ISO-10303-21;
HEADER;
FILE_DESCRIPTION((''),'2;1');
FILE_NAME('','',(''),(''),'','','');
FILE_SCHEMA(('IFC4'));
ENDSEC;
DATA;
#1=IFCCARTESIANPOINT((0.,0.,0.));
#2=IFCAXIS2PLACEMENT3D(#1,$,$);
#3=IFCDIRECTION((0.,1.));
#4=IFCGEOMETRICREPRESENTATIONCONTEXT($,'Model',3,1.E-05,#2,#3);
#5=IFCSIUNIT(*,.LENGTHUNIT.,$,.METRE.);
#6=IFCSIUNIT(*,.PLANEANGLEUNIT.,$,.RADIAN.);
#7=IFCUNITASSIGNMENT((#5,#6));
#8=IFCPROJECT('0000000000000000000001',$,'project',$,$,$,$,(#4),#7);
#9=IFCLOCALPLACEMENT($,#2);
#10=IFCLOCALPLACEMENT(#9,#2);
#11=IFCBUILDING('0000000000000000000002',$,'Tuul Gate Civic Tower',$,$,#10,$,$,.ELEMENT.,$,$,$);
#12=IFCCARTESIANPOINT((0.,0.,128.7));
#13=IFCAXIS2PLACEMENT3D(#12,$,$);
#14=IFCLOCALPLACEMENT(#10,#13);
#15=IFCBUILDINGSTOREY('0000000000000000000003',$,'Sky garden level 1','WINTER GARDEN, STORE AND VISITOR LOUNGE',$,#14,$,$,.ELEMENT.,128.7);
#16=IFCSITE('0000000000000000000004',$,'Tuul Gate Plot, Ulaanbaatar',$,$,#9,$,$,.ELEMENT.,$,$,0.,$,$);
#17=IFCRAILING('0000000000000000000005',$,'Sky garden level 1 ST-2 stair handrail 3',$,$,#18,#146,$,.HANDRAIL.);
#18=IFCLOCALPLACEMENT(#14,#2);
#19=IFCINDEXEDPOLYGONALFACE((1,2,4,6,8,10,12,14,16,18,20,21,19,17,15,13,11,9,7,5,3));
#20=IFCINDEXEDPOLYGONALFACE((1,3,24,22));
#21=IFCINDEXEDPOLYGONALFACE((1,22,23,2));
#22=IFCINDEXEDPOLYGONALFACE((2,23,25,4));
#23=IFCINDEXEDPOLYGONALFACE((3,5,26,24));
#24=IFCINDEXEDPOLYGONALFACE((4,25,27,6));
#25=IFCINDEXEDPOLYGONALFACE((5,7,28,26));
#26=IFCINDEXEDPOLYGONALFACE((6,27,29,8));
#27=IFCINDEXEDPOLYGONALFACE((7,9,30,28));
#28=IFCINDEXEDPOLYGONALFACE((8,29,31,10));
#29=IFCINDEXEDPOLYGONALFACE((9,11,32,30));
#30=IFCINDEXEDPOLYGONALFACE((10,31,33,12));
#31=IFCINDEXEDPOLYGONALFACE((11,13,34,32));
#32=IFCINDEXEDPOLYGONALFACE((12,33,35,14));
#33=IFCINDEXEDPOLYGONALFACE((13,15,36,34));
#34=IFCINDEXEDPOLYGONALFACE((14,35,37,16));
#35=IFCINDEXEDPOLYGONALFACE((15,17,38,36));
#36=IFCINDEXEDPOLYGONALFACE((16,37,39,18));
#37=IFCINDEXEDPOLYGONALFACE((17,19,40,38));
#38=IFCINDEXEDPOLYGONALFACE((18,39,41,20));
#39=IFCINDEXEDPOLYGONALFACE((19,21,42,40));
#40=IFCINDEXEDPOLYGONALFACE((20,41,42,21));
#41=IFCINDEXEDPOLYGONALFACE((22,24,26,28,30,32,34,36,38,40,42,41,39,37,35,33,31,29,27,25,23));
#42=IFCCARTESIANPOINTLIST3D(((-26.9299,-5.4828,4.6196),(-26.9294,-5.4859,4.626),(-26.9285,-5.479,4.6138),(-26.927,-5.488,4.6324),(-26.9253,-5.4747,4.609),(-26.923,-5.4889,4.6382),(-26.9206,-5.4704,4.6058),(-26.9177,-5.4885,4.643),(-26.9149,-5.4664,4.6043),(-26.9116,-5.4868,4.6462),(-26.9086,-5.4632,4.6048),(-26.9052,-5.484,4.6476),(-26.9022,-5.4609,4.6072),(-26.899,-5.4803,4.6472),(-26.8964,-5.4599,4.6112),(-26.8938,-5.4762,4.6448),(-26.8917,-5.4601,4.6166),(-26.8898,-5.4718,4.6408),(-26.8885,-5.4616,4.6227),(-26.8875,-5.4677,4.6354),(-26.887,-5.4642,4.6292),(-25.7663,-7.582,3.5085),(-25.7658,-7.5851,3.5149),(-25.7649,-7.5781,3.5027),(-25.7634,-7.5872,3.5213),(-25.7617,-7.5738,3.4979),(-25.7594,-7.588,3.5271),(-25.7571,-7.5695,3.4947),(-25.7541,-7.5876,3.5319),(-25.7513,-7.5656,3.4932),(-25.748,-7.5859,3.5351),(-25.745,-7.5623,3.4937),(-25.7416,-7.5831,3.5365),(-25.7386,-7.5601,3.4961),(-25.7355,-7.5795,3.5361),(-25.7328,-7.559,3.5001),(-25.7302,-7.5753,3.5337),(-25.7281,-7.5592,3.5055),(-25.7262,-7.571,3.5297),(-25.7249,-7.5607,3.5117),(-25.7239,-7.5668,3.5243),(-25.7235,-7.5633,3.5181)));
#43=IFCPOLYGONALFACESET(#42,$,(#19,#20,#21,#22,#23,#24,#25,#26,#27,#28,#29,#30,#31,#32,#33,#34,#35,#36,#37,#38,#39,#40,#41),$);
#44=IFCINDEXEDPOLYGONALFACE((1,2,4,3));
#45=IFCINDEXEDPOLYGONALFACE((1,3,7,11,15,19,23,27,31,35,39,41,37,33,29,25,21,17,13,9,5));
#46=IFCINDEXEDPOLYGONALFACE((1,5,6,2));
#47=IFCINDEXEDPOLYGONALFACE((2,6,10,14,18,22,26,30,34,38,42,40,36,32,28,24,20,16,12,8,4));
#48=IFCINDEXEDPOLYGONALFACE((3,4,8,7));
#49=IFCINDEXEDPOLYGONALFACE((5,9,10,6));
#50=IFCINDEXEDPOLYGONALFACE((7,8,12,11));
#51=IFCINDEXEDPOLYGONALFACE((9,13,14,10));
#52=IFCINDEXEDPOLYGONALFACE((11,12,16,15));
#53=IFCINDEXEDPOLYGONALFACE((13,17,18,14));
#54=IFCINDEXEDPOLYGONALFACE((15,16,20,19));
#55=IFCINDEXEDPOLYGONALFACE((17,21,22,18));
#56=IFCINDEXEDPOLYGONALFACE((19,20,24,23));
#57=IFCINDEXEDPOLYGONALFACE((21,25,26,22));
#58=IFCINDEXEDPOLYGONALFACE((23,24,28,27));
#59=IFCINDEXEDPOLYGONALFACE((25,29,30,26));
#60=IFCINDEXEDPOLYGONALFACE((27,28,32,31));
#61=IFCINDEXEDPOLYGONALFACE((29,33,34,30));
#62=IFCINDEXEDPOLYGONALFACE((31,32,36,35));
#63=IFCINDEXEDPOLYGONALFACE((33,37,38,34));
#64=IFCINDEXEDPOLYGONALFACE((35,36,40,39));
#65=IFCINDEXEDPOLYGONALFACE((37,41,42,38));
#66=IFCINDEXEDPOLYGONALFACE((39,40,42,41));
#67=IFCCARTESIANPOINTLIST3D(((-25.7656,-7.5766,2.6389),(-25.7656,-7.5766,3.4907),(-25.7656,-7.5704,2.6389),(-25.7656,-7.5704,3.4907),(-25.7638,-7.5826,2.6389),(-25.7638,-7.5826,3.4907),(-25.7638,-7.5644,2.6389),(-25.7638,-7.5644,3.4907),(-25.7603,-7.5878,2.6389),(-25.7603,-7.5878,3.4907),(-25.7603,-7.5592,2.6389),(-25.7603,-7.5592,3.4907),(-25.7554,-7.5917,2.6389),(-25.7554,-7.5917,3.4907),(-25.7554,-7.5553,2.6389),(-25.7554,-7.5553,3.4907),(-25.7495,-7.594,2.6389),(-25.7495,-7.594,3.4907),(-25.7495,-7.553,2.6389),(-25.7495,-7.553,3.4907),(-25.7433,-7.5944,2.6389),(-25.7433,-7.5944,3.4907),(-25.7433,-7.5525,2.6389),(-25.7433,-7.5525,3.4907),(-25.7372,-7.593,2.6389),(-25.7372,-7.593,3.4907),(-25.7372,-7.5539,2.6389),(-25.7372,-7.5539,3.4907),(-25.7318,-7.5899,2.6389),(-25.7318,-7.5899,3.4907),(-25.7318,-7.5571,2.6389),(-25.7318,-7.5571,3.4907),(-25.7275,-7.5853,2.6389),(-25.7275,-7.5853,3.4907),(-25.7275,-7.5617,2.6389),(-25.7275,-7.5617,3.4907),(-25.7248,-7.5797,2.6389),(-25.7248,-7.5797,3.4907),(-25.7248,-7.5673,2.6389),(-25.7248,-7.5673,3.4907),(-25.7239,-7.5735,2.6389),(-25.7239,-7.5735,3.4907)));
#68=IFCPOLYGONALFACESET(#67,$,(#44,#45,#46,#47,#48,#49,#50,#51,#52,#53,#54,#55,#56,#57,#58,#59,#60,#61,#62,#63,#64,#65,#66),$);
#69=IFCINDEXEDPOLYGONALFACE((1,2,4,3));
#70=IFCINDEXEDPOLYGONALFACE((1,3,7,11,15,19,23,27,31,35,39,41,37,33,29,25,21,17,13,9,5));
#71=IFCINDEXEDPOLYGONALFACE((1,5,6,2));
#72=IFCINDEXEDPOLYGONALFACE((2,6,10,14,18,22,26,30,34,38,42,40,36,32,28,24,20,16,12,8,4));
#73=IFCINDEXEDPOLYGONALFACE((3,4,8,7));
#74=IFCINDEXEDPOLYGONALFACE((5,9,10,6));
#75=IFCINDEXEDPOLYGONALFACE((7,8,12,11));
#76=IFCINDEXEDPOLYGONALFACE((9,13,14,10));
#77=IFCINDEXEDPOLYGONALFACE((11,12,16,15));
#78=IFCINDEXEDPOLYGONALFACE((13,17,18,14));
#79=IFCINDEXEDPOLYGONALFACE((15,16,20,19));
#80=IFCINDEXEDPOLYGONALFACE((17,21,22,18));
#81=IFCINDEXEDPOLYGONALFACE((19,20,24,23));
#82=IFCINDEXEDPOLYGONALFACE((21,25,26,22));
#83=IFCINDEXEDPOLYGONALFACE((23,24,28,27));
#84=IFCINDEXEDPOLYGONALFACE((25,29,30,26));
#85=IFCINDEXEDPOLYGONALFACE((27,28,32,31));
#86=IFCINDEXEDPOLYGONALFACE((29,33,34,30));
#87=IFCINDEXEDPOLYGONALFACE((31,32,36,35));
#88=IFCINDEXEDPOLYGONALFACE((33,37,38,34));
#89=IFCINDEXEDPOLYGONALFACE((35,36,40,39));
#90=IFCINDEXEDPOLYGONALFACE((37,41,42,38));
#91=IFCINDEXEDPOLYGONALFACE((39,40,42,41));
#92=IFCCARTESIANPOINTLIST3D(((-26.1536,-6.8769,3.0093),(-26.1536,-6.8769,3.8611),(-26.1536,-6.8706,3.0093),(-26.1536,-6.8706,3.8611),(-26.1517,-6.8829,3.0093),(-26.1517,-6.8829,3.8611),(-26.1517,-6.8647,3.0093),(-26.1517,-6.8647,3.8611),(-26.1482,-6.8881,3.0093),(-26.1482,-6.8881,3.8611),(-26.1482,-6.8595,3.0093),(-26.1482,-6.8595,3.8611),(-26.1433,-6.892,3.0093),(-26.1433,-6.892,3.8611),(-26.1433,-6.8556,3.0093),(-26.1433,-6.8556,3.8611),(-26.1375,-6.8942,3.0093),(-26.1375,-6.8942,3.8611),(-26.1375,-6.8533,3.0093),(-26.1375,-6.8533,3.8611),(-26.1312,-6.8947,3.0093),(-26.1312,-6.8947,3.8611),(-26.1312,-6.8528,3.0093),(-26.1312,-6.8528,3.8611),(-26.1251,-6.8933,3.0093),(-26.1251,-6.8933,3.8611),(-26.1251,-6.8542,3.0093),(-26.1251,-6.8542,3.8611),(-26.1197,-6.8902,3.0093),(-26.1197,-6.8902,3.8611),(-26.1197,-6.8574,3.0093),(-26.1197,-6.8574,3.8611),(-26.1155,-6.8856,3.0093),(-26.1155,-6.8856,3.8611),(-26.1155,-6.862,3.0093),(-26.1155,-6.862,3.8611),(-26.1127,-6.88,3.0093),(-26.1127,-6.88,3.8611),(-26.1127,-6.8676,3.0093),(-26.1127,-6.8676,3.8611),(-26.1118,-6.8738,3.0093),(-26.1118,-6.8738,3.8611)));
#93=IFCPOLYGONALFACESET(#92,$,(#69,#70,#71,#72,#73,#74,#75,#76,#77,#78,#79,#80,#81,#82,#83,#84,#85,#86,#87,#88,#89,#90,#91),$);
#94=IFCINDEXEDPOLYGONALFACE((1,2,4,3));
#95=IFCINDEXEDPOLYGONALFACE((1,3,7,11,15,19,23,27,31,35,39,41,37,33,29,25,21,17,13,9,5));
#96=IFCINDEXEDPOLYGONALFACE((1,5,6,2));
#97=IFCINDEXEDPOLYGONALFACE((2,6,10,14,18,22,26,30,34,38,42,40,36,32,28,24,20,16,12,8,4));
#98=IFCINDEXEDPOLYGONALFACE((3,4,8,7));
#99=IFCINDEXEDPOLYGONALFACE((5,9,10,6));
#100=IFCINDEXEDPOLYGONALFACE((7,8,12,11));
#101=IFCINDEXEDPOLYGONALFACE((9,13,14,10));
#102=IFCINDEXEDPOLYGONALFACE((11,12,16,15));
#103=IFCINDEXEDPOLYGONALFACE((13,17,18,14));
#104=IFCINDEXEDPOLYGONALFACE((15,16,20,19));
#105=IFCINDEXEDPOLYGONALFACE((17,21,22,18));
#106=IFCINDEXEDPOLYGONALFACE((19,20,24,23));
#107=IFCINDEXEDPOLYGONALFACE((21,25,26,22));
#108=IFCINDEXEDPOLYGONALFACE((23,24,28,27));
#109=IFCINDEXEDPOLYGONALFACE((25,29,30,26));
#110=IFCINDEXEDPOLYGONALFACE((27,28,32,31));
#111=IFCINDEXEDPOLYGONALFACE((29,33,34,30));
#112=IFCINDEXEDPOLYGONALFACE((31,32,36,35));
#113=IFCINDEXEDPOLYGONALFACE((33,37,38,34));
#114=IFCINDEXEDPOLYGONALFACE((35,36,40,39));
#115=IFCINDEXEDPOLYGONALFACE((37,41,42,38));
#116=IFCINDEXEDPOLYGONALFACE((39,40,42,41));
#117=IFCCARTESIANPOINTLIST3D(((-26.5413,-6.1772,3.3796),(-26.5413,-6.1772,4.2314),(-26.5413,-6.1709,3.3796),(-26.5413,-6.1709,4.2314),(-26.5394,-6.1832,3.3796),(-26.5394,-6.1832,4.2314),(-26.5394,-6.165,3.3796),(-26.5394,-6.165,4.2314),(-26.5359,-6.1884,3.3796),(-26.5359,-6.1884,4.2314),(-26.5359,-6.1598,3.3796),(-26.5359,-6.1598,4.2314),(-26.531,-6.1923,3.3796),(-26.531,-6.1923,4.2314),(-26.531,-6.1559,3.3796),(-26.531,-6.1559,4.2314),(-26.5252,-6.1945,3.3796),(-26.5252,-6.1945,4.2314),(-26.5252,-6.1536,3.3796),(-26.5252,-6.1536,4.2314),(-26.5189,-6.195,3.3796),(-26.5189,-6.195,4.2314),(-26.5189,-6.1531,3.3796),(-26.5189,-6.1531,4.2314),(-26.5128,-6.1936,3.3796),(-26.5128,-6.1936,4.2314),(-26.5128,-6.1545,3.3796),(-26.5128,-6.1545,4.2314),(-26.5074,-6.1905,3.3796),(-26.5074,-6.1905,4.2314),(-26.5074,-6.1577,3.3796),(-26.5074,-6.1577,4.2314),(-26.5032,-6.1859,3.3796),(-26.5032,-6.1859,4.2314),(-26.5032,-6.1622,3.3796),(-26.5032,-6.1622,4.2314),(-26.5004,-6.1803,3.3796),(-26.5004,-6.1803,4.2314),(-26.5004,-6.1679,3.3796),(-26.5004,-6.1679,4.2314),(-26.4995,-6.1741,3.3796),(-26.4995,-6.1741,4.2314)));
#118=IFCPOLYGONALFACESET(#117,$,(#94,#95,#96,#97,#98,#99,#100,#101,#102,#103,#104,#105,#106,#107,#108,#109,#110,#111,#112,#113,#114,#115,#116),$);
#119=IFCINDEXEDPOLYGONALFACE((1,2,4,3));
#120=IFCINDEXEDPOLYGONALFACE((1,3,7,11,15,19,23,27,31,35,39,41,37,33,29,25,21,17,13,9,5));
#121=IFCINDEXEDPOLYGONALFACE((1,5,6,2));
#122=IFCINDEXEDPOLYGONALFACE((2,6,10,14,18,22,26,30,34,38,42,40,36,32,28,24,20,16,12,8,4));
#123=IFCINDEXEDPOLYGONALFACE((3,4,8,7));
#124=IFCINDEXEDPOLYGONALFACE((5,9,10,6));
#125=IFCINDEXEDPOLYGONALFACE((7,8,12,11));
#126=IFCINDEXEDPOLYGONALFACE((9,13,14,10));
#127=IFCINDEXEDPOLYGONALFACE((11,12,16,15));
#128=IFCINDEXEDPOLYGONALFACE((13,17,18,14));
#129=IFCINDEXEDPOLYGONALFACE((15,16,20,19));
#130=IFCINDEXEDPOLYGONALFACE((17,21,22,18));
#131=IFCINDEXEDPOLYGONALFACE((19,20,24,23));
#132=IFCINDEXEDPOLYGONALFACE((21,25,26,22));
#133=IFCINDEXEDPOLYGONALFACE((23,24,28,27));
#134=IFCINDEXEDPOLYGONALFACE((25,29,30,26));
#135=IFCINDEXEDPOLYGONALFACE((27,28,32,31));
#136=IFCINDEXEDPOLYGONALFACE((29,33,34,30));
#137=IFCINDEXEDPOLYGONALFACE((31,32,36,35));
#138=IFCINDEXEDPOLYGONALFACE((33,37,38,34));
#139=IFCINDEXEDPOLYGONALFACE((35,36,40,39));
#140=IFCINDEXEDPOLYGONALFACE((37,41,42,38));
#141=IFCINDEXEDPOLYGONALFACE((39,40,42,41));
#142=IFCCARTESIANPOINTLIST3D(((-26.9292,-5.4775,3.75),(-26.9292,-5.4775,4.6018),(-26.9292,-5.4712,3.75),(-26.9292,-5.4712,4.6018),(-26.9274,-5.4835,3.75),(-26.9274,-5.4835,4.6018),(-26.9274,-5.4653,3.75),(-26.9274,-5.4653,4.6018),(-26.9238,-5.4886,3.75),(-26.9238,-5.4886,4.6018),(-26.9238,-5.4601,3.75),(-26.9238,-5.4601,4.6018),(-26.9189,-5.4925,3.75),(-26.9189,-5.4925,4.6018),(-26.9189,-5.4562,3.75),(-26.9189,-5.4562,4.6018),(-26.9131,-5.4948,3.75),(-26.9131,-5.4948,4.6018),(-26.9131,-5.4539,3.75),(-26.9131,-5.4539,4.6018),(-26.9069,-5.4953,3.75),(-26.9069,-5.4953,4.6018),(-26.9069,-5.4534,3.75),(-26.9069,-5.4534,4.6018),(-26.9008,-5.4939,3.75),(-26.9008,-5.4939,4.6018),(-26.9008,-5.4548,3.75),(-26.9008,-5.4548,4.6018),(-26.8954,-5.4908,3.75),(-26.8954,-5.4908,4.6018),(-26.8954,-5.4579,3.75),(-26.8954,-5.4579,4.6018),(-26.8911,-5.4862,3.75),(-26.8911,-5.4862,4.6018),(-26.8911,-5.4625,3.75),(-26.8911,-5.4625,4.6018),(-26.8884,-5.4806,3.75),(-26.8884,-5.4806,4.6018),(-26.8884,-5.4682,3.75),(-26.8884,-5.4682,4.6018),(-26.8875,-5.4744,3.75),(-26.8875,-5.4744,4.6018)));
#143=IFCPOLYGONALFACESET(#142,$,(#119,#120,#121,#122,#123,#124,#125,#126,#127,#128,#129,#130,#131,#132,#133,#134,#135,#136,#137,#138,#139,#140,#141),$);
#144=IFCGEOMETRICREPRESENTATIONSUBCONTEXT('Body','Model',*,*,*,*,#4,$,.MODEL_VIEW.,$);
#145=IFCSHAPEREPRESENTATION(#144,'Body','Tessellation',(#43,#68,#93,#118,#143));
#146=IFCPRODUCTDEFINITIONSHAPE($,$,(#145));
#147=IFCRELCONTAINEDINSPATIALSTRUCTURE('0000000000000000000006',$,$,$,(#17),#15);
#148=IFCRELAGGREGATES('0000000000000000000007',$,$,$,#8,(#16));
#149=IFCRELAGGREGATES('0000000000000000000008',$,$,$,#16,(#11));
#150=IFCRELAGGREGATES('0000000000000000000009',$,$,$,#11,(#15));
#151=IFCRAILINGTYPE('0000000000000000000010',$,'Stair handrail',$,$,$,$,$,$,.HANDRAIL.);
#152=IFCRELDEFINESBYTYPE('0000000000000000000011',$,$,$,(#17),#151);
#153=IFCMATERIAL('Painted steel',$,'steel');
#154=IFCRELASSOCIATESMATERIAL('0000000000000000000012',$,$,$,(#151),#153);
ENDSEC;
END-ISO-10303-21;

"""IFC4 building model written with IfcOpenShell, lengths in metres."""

from ifc_helpers import new_model, si_unit, direction, frame, origin, origin_2d, place, context, subcontext, project, spatial, circle, extrude, material, type_object, element, save


model = new_model("IFC4")

# Units and contexts
model_context = context("Model", 3, precision=1e-05, world=origin(), true_north=direction((0.0, 1.0)))
body_context = subcontext(model_context, "Body", "Model", "MODEL_VIEW")
ifc_project = project(units=[si_unit("LENGTHUNIT", "METRE"), si_unit("PLANEANGLEUNIT", "RADIAN")], contexts=[model_context])

# Site, building, storey
site_placement = place(None, origin())
site = spatial("IfcSite", under=ifc_project, at=site_placement, Name="Tuul Gate Plot, Ulaanbaatar", CompositionType="ELEMENT", RefElevation=0.0)
building_placement = place(site_placement, origin())
building = spatial("IfcBuilding", under=site, at=building_placement, Name="Tuul Gate Civic Tower", CompositionType="ELEMENT")
storey_placement = place(building_placement, frame((0.0, 0.0, 128.7)))
storey = spatial("IfcBuildingStorey", under=building, at=storey_placement, Name="Sky garden level 1", Description="WINTER GARDEN, STORE AND VISITOR LOUNGE", CompositionType="ELEMENT", Elevation=128.7)

# Railing
ifc_material_1 = material(Name="Painted steel", Category="steel")
railing_type_1 = type_object("IfcRailingType", Name="Stair handrail", PredefinedType="HANDRAIL", material=ifc_material_1)
railing_1_placement = place(storey_placement, frame((-25.7449, -7.5735, 2.6389)))
element("IfcRailing", 1, at=railing_1_placement, inside=storey, type_object=railing_type_1, Name="Sky garden level 1 ST-2 stair handrail 3", PredefinedType="HANDRAIL", context=body_context, shape_type="SweptSolid", body=[
    extrude(circle(Radius=0.0239, at=origin_2d()), frame((0.0, 0.0, 0.876), z_axis=(-0.439956, 0.793692, 0.420109), x_axis=(-0.874618, -0.484814, 0.0)), (0.0, 0.0, 1.0), 2.6448),
    extrude(circle(Radius=0.021, at=origin_2d()), origin(), (0.0, 0.0, 1.0), 0.8518),
    extrude(circle(Radius=0.021, at=origin_2d()), frame((-0.3879, 0.6997, 0.3704)), (0.0, 0.0, 1.0), 0.8518),
    extrude(circle(Radius=0.021, at=origin_2d()), frame((-0.7756, 1.3994, 0.7407)), (0.0, 0.0, 1.0), 0.8518),
    extrude(circle(Radius=0.021, at=origin_2d()), frame((-1.1636, 2.0991, 1.1111)), (0.0, 0.0, 1.0), 0.8518),
])

save(model, "model.ifc")
